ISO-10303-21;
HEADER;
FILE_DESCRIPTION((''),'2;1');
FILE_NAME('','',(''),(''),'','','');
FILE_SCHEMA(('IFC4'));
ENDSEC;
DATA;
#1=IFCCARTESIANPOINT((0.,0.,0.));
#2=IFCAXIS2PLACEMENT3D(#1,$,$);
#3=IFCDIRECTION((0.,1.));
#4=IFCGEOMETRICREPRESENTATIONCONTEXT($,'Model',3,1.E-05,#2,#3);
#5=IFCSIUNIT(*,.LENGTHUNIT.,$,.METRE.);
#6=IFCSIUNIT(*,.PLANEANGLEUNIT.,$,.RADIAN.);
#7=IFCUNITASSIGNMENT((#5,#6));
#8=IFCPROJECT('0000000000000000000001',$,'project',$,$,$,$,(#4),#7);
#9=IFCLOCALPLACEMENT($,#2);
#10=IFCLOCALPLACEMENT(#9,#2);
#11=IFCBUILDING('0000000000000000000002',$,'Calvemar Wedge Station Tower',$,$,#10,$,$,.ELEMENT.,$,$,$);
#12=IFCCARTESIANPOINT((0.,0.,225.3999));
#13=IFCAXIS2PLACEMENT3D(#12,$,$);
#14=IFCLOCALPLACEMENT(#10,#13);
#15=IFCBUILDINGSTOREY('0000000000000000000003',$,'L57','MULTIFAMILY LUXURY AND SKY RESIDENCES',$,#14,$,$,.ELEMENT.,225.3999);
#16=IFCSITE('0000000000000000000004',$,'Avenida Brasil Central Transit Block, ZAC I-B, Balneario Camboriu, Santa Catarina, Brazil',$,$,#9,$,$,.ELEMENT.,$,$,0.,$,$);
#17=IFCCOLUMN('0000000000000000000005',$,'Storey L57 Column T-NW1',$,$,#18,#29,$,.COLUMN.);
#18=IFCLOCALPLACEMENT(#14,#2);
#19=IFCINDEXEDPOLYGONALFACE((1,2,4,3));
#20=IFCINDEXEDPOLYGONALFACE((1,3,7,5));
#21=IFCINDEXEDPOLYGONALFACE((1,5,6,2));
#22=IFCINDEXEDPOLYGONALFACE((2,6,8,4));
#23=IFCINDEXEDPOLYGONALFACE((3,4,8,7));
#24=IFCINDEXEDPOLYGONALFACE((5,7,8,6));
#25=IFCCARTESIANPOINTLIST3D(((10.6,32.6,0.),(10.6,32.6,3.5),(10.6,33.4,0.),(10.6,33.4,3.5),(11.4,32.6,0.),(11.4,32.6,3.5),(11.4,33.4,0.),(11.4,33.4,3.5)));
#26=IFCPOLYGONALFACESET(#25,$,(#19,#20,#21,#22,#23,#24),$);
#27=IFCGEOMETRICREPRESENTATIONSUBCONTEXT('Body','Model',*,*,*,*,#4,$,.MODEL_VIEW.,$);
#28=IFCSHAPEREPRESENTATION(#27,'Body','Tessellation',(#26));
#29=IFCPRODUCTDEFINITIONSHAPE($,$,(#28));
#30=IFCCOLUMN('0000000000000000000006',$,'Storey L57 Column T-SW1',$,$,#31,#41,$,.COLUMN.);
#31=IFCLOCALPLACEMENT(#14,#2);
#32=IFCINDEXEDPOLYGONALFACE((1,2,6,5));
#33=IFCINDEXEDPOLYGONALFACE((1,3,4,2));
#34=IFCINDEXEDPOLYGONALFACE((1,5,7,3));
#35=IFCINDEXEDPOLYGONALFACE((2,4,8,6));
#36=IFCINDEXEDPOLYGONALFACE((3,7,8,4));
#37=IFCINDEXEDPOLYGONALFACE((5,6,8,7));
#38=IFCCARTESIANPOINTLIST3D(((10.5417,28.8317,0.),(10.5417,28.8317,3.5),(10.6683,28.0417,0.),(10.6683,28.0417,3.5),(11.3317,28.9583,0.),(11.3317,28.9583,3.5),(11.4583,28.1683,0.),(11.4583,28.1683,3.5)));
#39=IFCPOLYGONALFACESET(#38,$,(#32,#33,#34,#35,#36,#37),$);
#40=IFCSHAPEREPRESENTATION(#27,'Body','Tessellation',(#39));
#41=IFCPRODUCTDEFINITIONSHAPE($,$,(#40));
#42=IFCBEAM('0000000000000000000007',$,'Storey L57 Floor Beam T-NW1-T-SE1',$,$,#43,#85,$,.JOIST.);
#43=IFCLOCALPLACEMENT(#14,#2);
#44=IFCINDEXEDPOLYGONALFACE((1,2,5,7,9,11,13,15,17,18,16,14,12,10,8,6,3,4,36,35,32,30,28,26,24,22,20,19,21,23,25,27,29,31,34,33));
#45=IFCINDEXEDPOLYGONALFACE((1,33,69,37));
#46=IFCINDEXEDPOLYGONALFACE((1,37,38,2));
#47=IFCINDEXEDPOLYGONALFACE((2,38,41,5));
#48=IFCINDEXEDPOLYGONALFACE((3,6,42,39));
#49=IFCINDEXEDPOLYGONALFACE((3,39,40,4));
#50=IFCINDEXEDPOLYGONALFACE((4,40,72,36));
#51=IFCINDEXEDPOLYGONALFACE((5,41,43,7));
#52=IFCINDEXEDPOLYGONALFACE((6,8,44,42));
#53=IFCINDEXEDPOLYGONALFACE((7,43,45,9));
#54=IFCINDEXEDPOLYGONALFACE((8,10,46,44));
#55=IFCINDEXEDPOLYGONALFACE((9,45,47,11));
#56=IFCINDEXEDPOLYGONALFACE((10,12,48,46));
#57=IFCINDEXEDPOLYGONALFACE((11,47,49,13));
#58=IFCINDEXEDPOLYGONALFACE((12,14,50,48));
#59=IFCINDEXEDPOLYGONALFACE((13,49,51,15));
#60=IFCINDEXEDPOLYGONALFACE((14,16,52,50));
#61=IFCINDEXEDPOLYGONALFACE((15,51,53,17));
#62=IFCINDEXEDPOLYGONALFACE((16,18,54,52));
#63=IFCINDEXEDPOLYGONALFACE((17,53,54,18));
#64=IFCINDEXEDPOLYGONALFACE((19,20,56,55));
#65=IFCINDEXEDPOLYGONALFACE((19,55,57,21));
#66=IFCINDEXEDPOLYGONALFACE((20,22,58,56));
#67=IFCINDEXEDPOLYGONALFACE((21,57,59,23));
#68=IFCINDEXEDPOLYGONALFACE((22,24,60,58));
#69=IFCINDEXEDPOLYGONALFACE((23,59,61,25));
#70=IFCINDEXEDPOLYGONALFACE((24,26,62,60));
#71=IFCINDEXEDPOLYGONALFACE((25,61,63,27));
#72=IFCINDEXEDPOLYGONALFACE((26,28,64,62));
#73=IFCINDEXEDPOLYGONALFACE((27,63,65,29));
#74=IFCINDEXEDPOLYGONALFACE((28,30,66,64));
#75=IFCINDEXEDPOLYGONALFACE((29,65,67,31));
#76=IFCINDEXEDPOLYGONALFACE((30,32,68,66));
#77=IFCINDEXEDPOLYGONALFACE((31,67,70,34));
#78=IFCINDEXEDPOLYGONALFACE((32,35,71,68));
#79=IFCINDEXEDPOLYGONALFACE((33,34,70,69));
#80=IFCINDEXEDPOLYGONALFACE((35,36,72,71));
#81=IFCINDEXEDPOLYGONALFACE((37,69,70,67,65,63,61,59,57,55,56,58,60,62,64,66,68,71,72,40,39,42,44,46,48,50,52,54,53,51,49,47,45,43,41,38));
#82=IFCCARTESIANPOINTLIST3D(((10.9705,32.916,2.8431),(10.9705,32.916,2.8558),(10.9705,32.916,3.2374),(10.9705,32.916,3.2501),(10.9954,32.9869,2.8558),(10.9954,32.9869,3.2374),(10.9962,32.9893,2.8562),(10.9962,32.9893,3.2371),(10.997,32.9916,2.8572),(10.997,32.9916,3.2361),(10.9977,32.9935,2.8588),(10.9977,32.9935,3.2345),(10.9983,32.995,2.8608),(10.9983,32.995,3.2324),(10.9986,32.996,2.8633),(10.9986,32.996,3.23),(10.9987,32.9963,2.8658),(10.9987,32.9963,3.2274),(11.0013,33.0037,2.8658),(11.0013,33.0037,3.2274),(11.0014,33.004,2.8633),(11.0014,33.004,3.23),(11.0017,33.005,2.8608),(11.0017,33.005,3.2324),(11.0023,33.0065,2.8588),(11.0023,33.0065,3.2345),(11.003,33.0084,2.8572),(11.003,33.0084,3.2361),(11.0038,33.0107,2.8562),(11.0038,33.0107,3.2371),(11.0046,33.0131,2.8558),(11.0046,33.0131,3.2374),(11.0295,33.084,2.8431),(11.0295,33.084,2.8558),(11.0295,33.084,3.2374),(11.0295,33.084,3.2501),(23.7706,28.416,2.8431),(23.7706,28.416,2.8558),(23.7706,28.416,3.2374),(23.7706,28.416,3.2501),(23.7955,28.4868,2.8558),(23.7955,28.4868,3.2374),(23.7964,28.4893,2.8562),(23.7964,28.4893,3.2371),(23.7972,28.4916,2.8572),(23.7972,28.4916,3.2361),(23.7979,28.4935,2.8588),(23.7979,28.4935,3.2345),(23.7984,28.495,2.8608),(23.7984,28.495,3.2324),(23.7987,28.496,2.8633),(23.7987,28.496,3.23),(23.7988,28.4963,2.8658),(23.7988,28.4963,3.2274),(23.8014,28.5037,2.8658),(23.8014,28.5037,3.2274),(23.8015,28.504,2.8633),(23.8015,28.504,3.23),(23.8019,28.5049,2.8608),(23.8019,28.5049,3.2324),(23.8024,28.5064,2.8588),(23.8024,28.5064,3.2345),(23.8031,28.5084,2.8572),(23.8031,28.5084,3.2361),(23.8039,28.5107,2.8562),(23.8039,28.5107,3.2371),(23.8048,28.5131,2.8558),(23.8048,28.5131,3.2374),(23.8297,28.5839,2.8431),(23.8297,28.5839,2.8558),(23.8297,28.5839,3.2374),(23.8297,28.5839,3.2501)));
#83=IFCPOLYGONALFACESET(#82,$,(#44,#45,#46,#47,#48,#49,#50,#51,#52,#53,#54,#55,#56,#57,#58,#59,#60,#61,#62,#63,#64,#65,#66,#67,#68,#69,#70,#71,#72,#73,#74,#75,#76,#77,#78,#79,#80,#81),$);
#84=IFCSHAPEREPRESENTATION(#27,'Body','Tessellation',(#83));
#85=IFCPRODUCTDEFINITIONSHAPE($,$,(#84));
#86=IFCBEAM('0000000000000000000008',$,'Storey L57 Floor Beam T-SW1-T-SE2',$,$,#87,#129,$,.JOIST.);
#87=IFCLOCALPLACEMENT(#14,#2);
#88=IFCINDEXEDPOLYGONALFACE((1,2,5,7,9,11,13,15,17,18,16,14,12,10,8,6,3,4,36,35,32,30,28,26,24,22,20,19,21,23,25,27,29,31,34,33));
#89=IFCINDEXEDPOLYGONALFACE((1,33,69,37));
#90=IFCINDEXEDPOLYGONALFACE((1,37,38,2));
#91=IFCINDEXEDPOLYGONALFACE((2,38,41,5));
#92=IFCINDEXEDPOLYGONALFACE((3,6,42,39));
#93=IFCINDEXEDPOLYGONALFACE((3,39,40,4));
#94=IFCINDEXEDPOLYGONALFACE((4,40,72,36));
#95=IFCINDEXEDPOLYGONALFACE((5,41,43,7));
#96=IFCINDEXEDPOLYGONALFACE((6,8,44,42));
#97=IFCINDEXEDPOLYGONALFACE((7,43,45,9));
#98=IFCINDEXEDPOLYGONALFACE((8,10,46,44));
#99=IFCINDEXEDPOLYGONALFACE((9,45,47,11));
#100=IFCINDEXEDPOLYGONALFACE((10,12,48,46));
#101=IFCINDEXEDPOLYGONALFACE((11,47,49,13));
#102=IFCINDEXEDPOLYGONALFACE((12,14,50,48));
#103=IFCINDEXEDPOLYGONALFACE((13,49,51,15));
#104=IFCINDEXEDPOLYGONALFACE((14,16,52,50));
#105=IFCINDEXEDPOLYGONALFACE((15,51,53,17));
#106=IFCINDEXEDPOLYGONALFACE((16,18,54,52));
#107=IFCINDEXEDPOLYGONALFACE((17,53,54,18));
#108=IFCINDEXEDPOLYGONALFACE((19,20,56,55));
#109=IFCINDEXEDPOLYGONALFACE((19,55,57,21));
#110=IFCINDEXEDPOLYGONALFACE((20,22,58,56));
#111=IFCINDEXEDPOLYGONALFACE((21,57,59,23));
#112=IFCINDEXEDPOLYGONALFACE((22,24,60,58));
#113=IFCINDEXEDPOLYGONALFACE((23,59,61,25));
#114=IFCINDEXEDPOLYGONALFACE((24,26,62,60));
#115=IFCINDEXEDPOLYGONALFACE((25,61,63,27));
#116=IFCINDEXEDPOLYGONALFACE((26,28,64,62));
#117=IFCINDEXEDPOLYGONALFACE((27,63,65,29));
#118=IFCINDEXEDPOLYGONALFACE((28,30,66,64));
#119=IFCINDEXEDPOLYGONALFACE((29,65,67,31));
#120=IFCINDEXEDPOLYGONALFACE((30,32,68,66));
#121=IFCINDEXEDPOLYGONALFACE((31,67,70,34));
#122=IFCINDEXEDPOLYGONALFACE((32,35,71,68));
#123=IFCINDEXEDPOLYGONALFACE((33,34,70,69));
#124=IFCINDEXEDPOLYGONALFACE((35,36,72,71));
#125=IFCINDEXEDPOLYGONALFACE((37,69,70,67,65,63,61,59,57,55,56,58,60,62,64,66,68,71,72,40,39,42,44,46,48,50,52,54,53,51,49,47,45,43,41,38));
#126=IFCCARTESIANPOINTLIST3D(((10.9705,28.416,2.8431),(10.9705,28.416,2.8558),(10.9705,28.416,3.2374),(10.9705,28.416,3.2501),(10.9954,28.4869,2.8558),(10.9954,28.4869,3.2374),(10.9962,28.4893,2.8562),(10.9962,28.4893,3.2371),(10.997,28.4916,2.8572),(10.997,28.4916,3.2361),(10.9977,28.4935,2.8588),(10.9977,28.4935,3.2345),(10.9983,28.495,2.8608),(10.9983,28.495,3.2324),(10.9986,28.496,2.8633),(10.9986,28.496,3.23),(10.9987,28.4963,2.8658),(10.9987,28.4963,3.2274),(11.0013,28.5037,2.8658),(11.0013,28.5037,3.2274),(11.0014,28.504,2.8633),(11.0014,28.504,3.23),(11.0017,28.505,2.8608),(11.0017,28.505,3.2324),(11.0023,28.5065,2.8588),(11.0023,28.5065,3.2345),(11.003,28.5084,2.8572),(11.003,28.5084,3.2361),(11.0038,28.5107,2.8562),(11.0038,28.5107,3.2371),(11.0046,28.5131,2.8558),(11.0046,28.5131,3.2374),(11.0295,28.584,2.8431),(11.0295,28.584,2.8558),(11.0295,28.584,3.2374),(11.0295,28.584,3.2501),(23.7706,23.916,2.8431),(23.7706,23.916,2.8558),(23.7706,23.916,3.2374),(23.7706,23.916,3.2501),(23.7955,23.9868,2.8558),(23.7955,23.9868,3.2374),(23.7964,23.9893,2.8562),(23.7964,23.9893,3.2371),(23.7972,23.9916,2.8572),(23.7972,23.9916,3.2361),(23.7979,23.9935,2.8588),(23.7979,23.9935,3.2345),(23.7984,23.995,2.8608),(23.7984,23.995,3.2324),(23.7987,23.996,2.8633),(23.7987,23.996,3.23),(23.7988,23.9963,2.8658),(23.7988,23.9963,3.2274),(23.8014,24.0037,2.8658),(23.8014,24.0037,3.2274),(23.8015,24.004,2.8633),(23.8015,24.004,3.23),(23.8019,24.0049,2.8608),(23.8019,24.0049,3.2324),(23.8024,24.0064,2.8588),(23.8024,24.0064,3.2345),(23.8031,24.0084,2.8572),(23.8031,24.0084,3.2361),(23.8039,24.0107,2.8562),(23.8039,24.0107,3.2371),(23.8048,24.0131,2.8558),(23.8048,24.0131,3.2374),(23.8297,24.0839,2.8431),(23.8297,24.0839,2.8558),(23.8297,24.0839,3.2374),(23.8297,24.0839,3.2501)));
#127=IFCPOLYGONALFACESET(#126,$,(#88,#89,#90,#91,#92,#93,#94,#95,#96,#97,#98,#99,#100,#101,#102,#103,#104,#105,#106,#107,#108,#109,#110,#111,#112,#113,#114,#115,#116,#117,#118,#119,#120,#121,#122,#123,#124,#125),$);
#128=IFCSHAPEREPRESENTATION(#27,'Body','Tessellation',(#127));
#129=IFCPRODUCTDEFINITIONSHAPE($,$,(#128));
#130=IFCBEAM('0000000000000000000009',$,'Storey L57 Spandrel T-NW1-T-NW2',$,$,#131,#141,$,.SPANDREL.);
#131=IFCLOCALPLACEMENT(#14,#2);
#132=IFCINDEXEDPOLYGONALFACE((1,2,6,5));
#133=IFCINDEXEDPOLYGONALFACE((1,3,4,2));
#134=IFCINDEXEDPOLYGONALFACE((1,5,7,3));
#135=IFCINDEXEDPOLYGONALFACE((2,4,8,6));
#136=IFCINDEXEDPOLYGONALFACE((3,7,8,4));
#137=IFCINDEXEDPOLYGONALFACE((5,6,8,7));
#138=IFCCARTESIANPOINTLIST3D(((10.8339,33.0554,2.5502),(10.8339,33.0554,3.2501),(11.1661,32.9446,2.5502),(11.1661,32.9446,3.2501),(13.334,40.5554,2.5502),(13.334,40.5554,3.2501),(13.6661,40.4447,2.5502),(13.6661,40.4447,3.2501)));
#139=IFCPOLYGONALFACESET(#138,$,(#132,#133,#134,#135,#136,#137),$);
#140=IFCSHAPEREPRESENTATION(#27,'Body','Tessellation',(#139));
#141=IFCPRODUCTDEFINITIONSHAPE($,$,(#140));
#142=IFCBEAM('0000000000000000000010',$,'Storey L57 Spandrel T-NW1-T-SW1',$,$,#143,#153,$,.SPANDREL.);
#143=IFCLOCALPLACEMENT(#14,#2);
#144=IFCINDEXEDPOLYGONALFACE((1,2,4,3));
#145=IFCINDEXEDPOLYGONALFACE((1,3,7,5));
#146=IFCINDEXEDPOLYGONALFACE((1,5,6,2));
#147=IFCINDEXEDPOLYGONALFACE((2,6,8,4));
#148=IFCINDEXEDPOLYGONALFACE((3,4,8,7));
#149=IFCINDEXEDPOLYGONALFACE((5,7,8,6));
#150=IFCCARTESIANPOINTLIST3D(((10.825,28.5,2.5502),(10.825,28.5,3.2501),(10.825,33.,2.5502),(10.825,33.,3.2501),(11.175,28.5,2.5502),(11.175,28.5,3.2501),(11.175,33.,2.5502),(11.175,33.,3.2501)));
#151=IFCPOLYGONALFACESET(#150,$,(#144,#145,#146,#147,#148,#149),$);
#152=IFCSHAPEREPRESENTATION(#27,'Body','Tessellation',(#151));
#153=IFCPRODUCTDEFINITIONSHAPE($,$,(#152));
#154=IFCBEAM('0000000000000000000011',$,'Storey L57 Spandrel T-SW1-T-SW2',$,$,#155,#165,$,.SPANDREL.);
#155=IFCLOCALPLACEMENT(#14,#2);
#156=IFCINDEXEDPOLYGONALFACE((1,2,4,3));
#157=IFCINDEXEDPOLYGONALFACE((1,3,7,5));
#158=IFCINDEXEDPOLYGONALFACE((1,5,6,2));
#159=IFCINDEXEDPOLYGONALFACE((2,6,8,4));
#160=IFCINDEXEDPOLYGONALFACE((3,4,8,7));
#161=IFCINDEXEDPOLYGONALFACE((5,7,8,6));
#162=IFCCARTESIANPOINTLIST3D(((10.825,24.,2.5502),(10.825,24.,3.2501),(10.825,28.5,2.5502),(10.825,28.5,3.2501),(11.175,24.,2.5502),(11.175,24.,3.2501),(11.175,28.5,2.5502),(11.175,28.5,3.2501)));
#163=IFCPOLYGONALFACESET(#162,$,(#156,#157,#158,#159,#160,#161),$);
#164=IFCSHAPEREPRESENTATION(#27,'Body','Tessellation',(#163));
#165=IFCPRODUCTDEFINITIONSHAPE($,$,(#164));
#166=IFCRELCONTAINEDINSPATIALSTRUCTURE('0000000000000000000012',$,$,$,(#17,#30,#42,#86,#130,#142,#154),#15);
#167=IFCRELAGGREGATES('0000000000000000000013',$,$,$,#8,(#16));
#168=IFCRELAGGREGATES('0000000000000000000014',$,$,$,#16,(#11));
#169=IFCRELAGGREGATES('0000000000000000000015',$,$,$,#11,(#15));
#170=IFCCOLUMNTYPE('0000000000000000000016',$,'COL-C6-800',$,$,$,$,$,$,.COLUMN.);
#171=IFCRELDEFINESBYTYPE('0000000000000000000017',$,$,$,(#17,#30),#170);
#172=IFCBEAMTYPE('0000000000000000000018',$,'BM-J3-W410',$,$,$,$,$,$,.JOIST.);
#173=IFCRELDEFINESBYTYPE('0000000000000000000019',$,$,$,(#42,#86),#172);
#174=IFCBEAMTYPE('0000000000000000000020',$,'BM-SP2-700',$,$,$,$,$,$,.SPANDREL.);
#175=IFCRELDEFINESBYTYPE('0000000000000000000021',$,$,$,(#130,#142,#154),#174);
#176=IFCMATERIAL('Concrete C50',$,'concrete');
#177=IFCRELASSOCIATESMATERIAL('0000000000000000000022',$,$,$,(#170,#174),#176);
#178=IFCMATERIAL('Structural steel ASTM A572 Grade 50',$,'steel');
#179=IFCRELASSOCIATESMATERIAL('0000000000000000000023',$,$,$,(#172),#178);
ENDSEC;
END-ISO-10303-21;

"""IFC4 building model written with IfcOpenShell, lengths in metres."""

from ifc_helpers import new_model, si_unit, direction, frame, origin, origin_2d, place, context, subcontext, project, spatial, rectangle, i_section, extrude, source, transform, mapped, material, material_profile, profile_set, type_object, element, save


model = new_model("IFC4")

# Units and contexts
model_context = context("Model", 3, precision=1e-05, world=origin(), true_north=direction((0.0, 1.0)))
body_context = subcontext(model_context, "Body", "Model", "MODEL_VIEW")
ifc_project = project(units=[si_unit("LENGTHUNIT", "METRE"), si_unit("PLANEANGLEUNIT", "RADIAN")], contexts=[model_context])

# Site, building, storey
site_placement = place(None, origin())
site = spatial("IfcSite", under=ifc_project, at=site_placement, Name="Avenida Brasil Central Transit Block, ZAC I-B, Balneario Camboriu, Santa Catarina, Brazil", CompositionType="ELEMENT", RefElevation=0.0)
building_placement = place(site_placement, origin())
building = spatial("IfcBuilding", under=site, at=building_placement, Name="Calvemar Wedge Station Tower", CompositionType="ELEMENT")
storey_placement = place(building_placement, frame((0.0, 0.0, 225.3999)))
storey = spatial("IfcBuildingStorey", under=building, at=storey_placement, Name="L57", Description="MULTIFAMILY LUXURY AND SKY RESIDENCES", CompositionType="ELEMENT", Elevation=225.3999)

# Columns
ifc_material_1 = material(Name="Concrete C50", Category="concrete")
ifc_material_profile_1 = material_profile(ifc_material_1, rectangle(XDim=0.8, YDim=0.8, at=origin_2d()), Name="RC800x800")
ifc_profile_set_1 = profile_set([ifc_material_profile_1], Name="Concrete C50")
column_type = type_object("IfcColumnType", Name="COL-C6-800", PredefinedType="COLUMN", material=ifc_profile_set_1)
shared_shape_1 = source(origin(), body_context, "Body", "SweptSolid", [
    extrude(rectangle(XDim=0.8, YDim=0.8, at=origin_2d()), origin(), (0.0, 0.0, 1.0), 3.5),
])
for number, where, z_axis, x_axis, name in (
    (1, (11.0, 33.0, 0.0), (0.0, 0.0, 1.0), (1.0, 0.0, 0.0), "Storey L57 Column T-NW1"),
    (2, (11.0, 28.5, 0.0), (0.0, 0.0, 1.0), (0.158158, -0.987414, 0.0), "Storey L57 Column T-SW1"),
):
    element("IfcColumn", number, at=place(storey_placement, frame(where, z_axis=z_axis, x_axis=x_axis)), inside=storey, type_object=column_type, Name=name, PredefinedType="COLUMN", context=body_context, shape_type="MappedRepresentation", body=[
        mapped(shared_shape_1, transform((0.0, 0.0, 0.0), scale=1.0)),
    ])

# Beams
ifc_material_2 = material(Name="Structural steel ASTM A572 Grade 50", Category="steel")
ifc_material_profile_2 = material_profile(ifc_material_2, i_section(OverallWidth=0.178, OverallDepth=0.407, WebThickness=0.0078, FlangeThickness=0.0127, FilletRadius=0.01, at=origin_2d()), Name="W410x60")
ifc_profile_set_2 = profile_set([ifc_material_profile_2], Name="Structural steel ASTM A572 Grade 50")
beam_type_1 = type_object("IfcBeamType", Name="BM-J3-W410", PredefinedType="JOIST", material=ifc_profile_set_2)
shared_shape_2 = source(origin(), body_context, "Body", "SweptSolid", [
    extrude(i_section(OverallWidth=0.178, OverallDepth=0.407, WebThickness=0.0078, FlangeThickness=0.0127, FilletRadius=0.01, at=origin_2d()), origin(), (0.0, 0.0, 1.0), 13.5681),
])
for number, where, z_axis, x_axis, name in (
    (3, (11.0, 33.0, 3.0466), (0.943398, -0.331662, 0.0), (0.331662, 0.943398, 0.0), "Storey L57 Floor Beam T-NW1-T-SE1"),
    (4, (11.0, 28.5, 3.0466), (0.943398, -0.331662, 0.0), (0.331662, 0.943398, 0.0), "Storey L57 Floor Beam T-SW1-T-SE2"),
):
    element("IfcBeam", number, at=place(storey_placement, frame(where, z_axis=z_axis, x_axis=x_axis)), inside=storey, type_object=beam_type_1, Name=name, PredefinedType="JOIST", context=body_context, shape_type="MappedRepresentation", body=[
        mapped(shared_shape_2, transform((0.0, 0.0, 0.0), scale=1.0)),
    ])
ifc_material_profile_3 = material_profile(ifc_material_1, rectangle(XDim=0.3501, YDim=0.7, at=origin_2d()), Name="RC350x700")
ifc_profile_set_3 = profile_set([ifc_material_profile_3], Name="Concrete C50")
beam_type_2 = type_object("IfcBeamType", Name="BM-SP2-700", PredefinedType="SPANDREL", material=ifc_profile_set_3)
shared_shape_3 = source(origin(), body_context, "Body", "SweptSolid", [
    extrude(rectangle(XDim=0.3501, YDim=0.7, at=origin_2d()), origin(), (0.0, 0.0, 1.0), 7.9058),
])
beam_1_placement = place(storey_placement, frame((11.0, 33.0, 2.9001), z_axis=(0.316228, 0.948683, 0.0), x_axis=(-0.948683, 0.316228, 0.0)))
element("IfcBeam", 5, at=beam_1_placement, inside=storey, type_object=beam_type_2, Name="Storey L57 Spandrel T-NW1-T-NW2", PredefinedType="SPANDREL", context=body_context, shape_type="MappedRepresentation", body=[
    mapped(shared_shape_3, transform((0.0, 0.0, 0.0), scale=1.0)),
])
shared_shape_4 = source(origin(), body_context, "Body", "SweptSolid", [
    extrude(rectangle(XDim=0.3501, YDim=0.7, at=origin_2d()), origin(), (0.0, 0.0, 1.0), 4.5),
])
for number, where, z_axis, x_axis, name in (
    (6, (11.0, 33.0, 2.9001), (0.0, -1.0, 0.0), (1.0, 0.0, 0.0), "Storey L57 Spandrel T-NW1-T-SW1"),
    (7, (11.0, 28.5, 2.9001), (0.0, -1.0, 0.0), (1.0, 0.0, 0.0), "Storey L57 Spandrel T-SW1-T-SW2"),
):
    element("IfcBeam", number, at=place(storey_placement, frame(where, z_axis=z_axis, x_axis=x_axis)), inside=storey, type_object=beam_type_2, Name=name, PredefinedType="SPANDREL", context=body_context, shape_type="MappedRepresentation", body=[
        mapped(shared_shape_4, transform((0.0, 0.0, 0.0), scale=1.0)),
    ])

save(model, "model.ifc")
